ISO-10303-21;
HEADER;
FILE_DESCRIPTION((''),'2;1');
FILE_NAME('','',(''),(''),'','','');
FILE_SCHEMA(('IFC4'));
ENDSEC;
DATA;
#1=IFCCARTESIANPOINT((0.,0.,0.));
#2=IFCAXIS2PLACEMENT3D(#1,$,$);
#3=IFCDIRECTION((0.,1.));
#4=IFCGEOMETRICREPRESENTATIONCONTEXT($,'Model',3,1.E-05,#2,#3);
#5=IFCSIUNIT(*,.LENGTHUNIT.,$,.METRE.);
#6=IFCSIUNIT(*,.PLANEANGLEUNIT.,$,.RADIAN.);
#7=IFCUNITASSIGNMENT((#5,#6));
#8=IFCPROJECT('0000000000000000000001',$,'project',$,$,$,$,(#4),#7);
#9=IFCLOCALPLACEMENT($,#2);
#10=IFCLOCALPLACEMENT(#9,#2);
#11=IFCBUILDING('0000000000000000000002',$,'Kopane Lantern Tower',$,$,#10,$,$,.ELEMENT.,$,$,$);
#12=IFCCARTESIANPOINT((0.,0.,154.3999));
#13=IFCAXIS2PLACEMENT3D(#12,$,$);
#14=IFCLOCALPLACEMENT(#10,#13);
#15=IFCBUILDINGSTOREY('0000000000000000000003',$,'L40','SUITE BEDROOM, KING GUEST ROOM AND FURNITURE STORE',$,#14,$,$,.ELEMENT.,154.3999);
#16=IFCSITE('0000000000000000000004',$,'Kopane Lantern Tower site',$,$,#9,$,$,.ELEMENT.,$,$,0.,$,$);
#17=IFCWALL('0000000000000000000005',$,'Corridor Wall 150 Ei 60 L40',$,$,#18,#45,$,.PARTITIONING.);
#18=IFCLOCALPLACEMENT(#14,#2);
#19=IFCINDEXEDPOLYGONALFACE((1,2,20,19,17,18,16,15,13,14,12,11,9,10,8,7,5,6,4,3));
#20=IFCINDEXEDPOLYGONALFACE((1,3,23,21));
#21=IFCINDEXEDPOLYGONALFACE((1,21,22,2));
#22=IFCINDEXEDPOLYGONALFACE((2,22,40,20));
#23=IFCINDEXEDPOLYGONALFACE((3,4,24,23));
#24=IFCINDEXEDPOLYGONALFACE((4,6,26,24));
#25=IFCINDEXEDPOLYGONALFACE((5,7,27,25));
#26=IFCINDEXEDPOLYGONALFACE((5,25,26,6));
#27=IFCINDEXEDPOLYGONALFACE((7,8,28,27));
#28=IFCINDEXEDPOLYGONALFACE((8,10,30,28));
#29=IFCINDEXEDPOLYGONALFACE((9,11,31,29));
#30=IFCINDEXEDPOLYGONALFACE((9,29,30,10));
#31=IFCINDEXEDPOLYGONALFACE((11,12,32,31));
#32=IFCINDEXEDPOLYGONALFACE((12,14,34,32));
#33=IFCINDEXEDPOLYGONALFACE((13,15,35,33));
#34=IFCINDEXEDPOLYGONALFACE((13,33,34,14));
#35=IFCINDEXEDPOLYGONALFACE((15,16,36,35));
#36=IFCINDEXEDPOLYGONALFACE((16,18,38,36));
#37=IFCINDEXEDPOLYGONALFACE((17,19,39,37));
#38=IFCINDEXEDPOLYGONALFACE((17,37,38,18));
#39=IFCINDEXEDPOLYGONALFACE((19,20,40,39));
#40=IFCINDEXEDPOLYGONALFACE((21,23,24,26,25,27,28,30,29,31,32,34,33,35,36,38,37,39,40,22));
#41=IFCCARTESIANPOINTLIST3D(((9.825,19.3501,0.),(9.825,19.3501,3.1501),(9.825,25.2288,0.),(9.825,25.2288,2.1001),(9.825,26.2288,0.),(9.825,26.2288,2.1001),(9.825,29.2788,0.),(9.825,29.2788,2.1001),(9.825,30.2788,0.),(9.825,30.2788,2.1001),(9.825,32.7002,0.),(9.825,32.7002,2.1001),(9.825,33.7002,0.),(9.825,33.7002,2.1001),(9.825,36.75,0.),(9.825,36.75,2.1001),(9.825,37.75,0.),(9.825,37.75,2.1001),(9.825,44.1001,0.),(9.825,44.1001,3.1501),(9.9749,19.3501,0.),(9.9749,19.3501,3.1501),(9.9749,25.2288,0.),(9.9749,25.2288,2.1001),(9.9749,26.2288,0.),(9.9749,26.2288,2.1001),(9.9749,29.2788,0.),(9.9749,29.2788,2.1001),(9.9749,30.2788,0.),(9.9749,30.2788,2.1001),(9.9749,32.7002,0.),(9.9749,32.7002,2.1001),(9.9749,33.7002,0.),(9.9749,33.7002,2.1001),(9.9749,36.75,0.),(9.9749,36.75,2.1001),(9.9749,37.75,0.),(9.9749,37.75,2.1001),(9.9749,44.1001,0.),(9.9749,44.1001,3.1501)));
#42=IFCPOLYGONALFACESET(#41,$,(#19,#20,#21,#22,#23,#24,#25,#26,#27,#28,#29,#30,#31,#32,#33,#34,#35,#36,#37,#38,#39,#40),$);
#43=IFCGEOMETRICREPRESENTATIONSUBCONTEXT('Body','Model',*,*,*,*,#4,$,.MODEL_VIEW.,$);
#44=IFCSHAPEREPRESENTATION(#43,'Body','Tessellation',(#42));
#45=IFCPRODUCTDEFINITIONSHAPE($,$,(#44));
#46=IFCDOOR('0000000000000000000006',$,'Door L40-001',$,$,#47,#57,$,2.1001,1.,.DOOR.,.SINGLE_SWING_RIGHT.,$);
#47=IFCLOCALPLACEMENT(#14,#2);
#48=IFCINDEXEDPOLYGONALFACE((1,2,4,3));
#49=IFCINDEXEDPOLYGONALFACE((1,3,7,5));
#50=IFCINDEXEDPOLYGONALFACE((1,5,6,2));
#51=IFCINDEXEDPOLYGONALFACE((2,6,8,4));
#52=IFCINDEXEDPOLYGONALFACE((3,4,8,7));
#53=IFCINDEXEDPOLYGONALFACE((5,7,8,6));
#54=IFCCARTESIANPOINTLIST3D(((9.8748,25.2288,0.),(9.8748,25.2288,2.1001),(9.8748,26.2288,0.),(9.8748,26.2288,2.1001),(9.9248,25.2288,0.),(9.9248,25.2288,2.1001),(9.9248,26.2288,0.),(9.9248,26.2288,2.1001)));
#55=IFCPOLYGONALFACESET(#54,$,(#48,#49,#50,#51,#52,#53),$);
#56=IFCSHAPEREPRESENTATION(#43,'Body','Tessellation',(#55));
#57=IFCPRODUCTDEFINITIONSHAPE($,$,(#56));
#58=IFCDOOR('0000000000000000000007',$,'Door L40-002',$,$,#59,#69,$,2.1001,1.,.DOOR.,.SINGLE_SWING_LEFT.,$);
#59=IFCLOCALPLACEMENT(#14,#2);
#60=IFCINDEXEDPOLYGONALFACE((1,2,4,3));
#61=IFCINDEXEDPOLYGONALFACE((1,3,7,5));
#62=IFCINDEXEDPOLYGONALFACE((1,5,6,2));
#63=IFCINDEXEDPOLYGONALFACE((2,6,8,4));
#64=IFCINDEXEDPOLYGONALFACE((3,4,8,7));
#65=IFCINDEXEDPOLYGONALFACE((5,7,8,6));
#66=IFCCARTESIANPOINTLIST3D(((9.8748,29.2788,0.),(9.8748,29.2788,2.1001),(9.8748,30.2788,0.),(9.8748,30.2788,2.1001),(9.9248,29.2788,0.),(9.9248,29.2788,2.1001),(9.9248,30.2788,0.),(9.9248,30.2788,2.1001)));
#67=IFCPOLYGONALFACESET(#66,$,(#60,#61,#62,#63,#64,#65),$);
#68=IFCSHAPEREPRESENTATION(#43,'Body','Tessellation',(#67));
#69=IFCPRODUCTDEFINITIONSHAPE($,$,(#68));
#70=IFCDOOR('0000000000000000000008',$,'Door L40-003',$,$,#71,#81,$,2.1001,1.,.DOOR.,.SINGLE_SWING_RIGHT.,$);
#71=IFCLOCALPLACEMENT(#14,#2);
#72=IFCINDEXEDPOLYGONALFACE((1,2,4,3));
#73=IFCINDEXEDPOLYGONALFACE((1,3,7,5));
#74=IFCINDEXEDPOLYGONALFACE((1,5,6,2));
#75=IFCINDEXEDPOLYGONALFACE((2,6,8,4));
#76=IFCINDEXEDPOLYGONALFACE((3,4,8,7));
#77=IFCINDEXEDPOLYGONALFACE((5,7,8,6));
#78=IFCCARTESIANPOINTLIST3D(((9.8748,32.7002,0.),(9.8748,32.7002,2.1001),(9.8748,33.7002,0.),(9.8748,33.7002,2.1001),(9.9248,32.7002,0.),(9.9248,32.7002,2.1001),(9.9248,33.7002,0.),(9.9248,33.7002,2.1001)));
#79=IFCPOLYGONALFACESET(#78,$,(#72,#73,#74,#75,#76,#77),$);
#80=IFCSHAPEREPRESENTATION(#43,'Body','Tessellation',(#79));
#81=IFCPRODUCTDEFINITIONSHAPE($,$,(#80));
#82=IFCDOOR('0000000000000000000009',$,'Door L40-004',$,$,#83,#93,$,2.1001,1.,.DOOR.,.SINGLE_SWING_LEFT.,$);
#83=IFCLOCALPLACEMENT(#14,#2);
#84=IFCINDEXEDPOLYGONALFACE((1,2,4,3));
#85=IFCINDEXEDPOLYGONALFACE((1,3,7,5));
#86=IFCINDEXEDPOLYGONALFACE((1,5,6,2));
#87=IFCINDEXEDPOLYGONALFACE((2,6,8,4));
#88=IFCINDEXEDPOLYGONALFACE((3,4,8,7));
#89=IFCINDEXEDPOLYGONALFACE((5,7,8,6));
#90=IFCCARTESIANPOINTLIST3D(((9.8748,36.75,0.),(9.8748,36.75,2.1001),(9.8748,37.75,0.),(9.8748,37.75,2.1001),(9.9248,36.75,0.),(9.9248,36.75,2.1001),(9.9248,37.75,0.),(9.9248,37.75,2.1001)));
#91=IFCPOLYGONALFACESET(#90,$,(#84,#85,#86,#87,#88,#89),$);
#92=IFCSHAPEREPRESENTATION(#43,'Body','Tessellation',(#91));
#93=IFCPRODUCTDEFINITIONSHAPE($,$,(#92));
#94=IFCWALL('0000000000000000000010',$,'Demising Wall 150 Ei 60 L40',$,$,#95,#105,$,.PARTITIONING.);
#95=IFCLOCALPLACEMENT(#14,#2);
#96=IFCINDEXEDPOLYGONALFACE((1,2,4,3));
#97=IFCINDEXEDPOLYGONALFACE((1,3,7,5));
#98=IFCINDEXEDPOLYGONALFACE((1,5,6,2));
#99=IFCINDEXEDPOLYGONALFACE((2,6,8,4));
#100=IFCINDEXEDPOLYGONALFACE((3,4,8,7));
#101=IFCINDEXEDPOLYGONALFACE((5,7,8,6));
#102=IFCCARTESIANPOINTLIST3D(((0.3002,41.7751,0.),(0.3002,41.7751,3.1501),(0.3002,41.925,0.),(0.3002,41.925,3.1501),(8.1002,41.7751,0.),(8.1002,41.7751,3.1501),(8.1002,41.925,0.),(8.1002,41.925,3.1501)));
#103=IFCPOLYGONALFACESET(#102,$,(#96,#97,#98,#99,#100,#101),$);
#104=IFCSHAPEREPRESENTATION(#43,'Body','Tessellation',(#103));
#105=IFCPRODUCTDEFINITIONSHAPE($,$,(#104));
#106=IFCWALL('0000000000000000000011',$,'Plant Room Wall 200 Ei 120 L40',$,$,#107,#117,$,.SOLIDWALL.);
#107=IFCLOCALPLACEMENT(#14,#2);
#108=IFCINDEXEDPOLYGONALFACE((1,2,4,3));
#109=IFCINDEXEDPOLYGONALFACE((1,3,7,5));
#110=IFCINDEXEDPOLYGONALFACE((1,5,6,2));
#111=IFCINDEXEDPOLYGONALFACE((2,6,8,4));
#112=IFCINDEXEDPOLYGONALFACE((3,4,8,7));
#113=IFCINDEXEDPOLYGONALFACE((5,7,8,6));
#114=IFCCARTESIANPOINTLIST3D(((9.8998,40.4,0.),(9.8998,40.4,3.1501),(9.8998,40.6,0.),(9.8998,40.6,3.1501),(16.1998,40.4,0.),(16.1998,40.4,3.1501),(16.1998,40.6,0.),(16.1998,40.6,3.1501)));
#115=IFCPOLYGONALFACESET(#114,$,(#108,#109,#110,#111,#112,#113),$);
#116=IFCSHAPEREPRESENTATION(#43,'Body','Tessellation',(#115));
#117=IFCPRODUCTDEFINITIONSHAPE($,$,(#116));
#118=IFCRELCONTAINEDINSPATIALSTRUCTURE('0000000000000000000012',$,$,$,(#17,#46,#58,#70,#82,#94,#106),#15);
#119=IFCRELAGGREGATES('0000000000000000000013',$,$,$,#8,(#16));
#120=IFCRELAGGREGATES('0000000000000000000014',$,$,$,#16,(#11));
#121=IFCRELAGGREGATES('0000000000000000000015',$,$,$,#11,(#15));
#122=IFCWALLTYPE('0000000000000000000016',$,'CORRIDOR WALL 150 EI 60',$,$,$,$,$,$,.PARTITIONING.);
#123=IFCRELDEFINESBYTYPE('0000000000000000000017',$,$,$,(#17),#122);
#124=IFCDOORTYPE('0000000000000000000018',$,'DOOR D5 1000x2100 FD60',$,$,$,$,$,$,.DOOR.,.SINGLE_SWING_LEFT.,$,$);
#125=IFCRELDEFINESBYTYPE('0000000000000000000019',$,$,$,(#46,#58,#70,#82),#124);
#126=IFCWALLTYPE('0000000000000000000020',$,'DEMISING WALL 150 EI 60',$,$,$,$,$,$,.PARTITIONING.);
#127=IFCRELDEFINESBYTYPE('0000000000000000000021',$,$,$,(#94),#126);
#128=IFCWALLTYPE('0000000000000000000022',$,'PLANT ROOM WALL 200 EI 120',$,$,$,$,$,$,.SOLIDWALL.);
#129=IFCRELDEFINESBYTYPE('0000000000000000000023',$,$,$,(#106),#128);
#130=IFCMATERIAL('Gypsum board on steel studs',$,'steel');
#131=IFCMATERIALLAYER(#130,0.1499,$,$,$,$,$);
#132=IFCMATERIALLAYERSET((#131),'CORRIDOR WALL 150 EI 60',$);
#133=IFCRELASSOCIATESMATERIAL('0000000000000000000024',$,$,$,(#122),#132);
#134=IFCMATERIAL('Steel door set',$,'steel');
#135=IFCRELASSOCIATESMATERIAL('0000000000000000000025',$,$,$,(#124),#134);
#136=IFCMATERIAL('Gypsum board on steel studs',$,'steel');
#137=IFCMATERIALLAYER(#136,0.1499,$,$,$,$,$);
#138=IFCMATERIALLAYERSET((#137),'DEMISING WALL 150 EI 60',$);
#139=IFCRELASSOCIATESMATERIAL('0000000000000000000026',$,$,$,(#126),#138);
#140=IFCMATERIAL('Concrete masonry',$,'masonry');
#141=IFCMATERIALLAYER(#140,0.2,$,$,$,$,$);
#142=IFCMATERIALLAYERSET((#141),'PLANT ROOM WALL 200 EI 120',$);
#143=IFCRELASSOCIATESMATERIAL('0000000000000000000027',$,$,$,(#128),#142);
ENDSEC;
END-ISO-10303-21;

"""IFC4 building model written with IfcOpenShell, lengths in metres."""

from ifc_helpers import new_model, si_unit, direction, frame, frame_2d, origin, place, context, subcontext, project, spatial, rectangle, extrude, material, layer, layer_set, type_object, element, fill, save


model = new_model("IFC4")

# Units and contexts
model_context = context("Model", 3, precision=1e-05, world=origin(), true_north=direction((0.0, 1.0)))
body_context = subcontext(model_context, "Body", "Model", "MODEL_VIEW")
ifc_project = project(units=[si_unit("LENGTHUNIT", "METRE"), si_unit("PLANEANGLEUNIT", "RADIAN")], contexts=[model_context])

# Site, building, storey
site_placement = place(None, origin())
site = spatial("IfcSite", under=ifc_project, at=site_placement, Name="Kopane Lantern Tower site", CompositionType="ELEMENT", RefElevation=0.0)
building_placement = place(site_placement, origin())
building = spatial("IfcBuilding", under=site, at=building_placement, Name="Kopane Lantern Tower", CompositionType="ELEMENT")
storey_placement = place(building_placement, frame((0.0, 0.0, 154.3999)))
storey = spatial("IfcBuildingStorey", under=building, at=storey_placement, Name="L40", Description="SUITE BEDROOM, KING GUEST ROOM AND FURNITURE STORE", CompositionType="ELEMENT", Elevation=154.3999)

# Wall, openings, doors
ifc_material_1 = material(Name="Gypsum board on steel studs", Category="steel")
ifc_layer_1 = layer(ifc_material_1, 0.1499)
ifc_layer_set_1 = layer_set([ifc_layer_1], Name="CORRIDOR WALL 150 EI 60")
wall_type_1 = type_object("IfcWallType", Name="CORRIDOR WALL 150 EI 60", PredefinedType="PARTITIONING", material=ifc_layer_set_1)
wall_1_placement = place(storey_placement, frame((9.8999, 44.1001, 0.0), z_axis=(0.0, 0.0, 1.0), x_axis=(0.0, -1.0, 0.0)))
wall_1 = element("IfcWall", 1, at=wall_1_placement, inside=storey, type_object=wall_type_1, Name="Corridor Wall 150 Ei 60 L40", PredefinedType="PARTITIONING", context=body_context, shape_type="SweptSolid", body=[
    extrude(rectangle(XDim=24.75, YDim=0.1499, at=frame_2d((12.375, 0.0))), origin(), (0.0, 0.0, 1.0), 3.1501),
])
opening_1_placement = place(wall_1_placement, frame((17.8713, 0.0, 0.0)))
opening_1 = element("IfcOpeningElement", 2, at=opening_1_placement, cuts=wall_1, PredefinedType="OPENING", context=body_context, shape_type="SweptSolid", body=[
    extrude(rectangle(XDim=1.0, YDim=2.1001, at=frame_2d((0.5, 1.05))), frame((0.0, 0.085, 0.0), z_axis=(0.0, -1.0, 0.0), x_axis=(1.0, 0.0, 0.0)), (0.0, 0.0, 1.0), 0.1699),
])
opening_2_placement = place(wall_1_placement, frame((13.8213, 0.0, 0.0)))
opening_2 = element("IfcOpeningElement", 3, at=opening_2_placement, cuts=wall_1, PredefinedType="OPENING", context=body_context, shape_type="SweptSolid", body=[
    extrude(rectangle(XDim=1.0, YDim=2.1001, at=frame_2d((0.5, 1.05))), frame((0.0, 0.085, 0.0), z_axis=(0.0, -1.0, 0.0), x_axis=(1.0, 0.0, 0.0)), (0.0, 0.0, 1.0), 0.1699),
])
opening_3_placement = place(wall_1_placement, frame((10.3999, 0.0, 0.0)))
opening_3 = element("IfcOpeningElement", 4, at=opening_3_placement, cuts=wall_1, PredefinedType="OPENING", context=body_context, shape_type="SweptSolid", body=[
    extrude(rectangle(XDim=1.0, YDim=2.1001, at=frame_2d((0.5, 1.05))), frame((0.0, 0.085, 0.0), z_axis=(0.0, -1.0, 0.0), x_axis=(1.0, 0.0, 0.0)), (0.0, 0.0, 1.0), 0.1699),
])
opening_4_placement = place(wall_1_placement, frame((6.3501, 0.0, 0.0)))
opening_4 = element("IfcOpeningElement", 5, at=opening_4_placement, cuts=wall_1, PredefinedType="OPENING", context=body_context, shape_type="SweptSolid", body=[
    extrude(rectangle(XDim=1.0, YDim=2.1001, at=frame_2d((0.5, 1.05))), frame((0.0, 0.085, 0.0), z_axis=(0.0, -1.0, 0.0), x_axis=(1.0, 0.0, 0.0)), (0.0, 0.0, 1.0), 0.1699),
])
ifc_material_2 = material(Name="Steel door set", Category="steel")
door_type_1 = type_object("IfcDoorType", Name="DOOR D5 1000x2100 FD60", OperationType="SINGLE_SWING_LEFT", PredefinedType="DOOR", material=ifc_material_2)
door_1_placement = place(opening_1_placement, origin())
door_1 = element("IfcDoor", 6, at=door_1_placement, inside=storey, type_object=door_type_1, Name="Door L40-001", OperationType="SINGLE_SWING_RIGHT", OverallHeight=2.1001, OverallWidth=1.0, PredefinedType="DOOR", context=body_context, shape_type="SweptSolid", body=[
    extrude(rectangle(XDim=1.0, YDim=2.1001, at=frame_2d((0.5, 1.05))), frame((0.0, 0.0249, 0.0), z_axis=(0.0, -1.0, 0.0), x_axis=(1.0, 0.0, 0.0)), (0.0, 0.0, 1.0), 0.05),
])
fill(opening_1, door_1)
door_2_placement = place(opening_2_placement, origin())
door_2 = element("IfcDoor", 7, at=door_2_placement, inside=storey, type_object=door_type_1, Name="Door L40-002", OperationType="SINGLE_SWING_LEFT", OverallHeight=2.1001, OverallWidth=1.0, PredefinedType="DOOR", context=body_context, shape_type="SweptSolid", body=[
    extrude(rectangle(XDim=1.0, YDim=2.1001, at=frame_2d((0.5, 1.05))), frame((0.0, 0.0249, 0.0), z_axis=(0.0, -1.0, 0.0), x_axis=(1.0, 0.0, 0.0)), (0.0, 0.0, 1.0), 0.05),
])
fill(opening_2, door_2)
door_3_placement = place(opening_3_placement, origin())
door_3 = element("IfcDoor", 8, at=door_3_placement, inside=storey, type_object=door_type_1, Name="Door L40-003", OperationType="SINGLE_SWING_RIGHT", OverallHeight=2.1001, OverallWidth=1.0, PredefinedType="DOOR", context=body_context, shape_type="SweptSolid", body=[
    extrude(rectangle(XDim=1.0, YDim=2.1001, at=frame_2d((0.5, 1.05))), frame((0.0, 0.0249, 0.0), z_axis=(0.0, -1.0, 0.0), x_axis=(1.0, 0.0, 0.0)), (0.0, 0.0, 1.0), 0.05),
])
fill(opening_3, door_3)
door_4_placement = place(opening_4_placement, origin())
door_4 = element("IfcDoor", 9, at=door_4_placement, inside=storey, type_object=door_type_1, Name="Door L40-004", OperationType="SINGLE_SWING_LEFT", OverallHeight=2.1001, OverallWidth=1.0, PredefinedType="DOOR", context=body_context, shape_type="SweptSolid", body=[
    extrude(rectangle(XDim=1.0, YDim=2.1001, at=frame_2d((0.5, 1.05))), frame((0.0, 0.0249, 0.0), z_axis=(0.0, -1.0, 0.0), x_axis=(1.0, 0.0, 0.0)), (0.0, 0.0, 1.0), 0.05),
])
fill(opening_4, door_4)

# Walls
ifc_material_3 = material(Name="Gypsum board on steel studs", Category="steel")
ifc_layer_2 = layer(ifc_material_3, 0.1499)
ifc_layer_set_2 = layer_set([ifc_layer_2], Name="DEMISING WALL 150 EI 60")
wall_type_2 = type_object("IfcWallType", Name="DEMISING WALL 150 EI 60", PredefinedType="PARTITIONING", material=ifc_layer_set_2)
wall_2_placement = place(storey_placement, frame((8.1001, 41.8501, 0.0), z_axis=(0.0, 0.0, 1.0), x_axis=(-1.0, 0.0, 0.0)))
element("IfcWall", 10, at=wall_2_placement, inside=storey, type_object=wall_type_2, Name="Demising Wall 150 Ei 60 L40", PredefinedType="PARTITIONING", context=body_context, shape_type="SweptSolid", body=[
    extrude(rectangle(XDim=7.8, YDim=0.1499, at=frame_2d((3.8999, 0.0))), origin(), (0.0, 0.0, 1.0), 3.1501),
])
ifc_material_4 = material(Name="Concrete masonry", Category="masonry")
ifc_layer_3 = layer(ifc_material_4, 0.2)
ifc_layer_set_3 = layer_set([ifc_layer_3], Name="PLANT ROOM WALL 200 EI 120")
wall_type_3 = type_object("IfcWallType", Name="PLANT ROOM WALL 200 EI 120", PredefinedType="SOLIDWALL", material=ifc_layer_set_3)
wall_3_placement = place(storey_placement, frame((9.8999, 40.5, 0.0), z_axis=(0.0, 0.0, 1.0), x_axis=(1.0, 0.0, 0.0)))
element("IfcWall", 11, at=wall_3_placement, inside=storey, type_object=wall_type_3, Name="Plant Room Wall 200 Ei 120 L40", PredefinedType="SOLIDWALL", context=body_context, shape_type="SweptSolid", body=[
    extrude(rectangle(XDim=6.3, YDim=0.2, at=frame_2d((3.1499, 0.0))), origin(), (0.0, 0.0, 1.0), 3.1501),
])

save(model, "model.ifc")
